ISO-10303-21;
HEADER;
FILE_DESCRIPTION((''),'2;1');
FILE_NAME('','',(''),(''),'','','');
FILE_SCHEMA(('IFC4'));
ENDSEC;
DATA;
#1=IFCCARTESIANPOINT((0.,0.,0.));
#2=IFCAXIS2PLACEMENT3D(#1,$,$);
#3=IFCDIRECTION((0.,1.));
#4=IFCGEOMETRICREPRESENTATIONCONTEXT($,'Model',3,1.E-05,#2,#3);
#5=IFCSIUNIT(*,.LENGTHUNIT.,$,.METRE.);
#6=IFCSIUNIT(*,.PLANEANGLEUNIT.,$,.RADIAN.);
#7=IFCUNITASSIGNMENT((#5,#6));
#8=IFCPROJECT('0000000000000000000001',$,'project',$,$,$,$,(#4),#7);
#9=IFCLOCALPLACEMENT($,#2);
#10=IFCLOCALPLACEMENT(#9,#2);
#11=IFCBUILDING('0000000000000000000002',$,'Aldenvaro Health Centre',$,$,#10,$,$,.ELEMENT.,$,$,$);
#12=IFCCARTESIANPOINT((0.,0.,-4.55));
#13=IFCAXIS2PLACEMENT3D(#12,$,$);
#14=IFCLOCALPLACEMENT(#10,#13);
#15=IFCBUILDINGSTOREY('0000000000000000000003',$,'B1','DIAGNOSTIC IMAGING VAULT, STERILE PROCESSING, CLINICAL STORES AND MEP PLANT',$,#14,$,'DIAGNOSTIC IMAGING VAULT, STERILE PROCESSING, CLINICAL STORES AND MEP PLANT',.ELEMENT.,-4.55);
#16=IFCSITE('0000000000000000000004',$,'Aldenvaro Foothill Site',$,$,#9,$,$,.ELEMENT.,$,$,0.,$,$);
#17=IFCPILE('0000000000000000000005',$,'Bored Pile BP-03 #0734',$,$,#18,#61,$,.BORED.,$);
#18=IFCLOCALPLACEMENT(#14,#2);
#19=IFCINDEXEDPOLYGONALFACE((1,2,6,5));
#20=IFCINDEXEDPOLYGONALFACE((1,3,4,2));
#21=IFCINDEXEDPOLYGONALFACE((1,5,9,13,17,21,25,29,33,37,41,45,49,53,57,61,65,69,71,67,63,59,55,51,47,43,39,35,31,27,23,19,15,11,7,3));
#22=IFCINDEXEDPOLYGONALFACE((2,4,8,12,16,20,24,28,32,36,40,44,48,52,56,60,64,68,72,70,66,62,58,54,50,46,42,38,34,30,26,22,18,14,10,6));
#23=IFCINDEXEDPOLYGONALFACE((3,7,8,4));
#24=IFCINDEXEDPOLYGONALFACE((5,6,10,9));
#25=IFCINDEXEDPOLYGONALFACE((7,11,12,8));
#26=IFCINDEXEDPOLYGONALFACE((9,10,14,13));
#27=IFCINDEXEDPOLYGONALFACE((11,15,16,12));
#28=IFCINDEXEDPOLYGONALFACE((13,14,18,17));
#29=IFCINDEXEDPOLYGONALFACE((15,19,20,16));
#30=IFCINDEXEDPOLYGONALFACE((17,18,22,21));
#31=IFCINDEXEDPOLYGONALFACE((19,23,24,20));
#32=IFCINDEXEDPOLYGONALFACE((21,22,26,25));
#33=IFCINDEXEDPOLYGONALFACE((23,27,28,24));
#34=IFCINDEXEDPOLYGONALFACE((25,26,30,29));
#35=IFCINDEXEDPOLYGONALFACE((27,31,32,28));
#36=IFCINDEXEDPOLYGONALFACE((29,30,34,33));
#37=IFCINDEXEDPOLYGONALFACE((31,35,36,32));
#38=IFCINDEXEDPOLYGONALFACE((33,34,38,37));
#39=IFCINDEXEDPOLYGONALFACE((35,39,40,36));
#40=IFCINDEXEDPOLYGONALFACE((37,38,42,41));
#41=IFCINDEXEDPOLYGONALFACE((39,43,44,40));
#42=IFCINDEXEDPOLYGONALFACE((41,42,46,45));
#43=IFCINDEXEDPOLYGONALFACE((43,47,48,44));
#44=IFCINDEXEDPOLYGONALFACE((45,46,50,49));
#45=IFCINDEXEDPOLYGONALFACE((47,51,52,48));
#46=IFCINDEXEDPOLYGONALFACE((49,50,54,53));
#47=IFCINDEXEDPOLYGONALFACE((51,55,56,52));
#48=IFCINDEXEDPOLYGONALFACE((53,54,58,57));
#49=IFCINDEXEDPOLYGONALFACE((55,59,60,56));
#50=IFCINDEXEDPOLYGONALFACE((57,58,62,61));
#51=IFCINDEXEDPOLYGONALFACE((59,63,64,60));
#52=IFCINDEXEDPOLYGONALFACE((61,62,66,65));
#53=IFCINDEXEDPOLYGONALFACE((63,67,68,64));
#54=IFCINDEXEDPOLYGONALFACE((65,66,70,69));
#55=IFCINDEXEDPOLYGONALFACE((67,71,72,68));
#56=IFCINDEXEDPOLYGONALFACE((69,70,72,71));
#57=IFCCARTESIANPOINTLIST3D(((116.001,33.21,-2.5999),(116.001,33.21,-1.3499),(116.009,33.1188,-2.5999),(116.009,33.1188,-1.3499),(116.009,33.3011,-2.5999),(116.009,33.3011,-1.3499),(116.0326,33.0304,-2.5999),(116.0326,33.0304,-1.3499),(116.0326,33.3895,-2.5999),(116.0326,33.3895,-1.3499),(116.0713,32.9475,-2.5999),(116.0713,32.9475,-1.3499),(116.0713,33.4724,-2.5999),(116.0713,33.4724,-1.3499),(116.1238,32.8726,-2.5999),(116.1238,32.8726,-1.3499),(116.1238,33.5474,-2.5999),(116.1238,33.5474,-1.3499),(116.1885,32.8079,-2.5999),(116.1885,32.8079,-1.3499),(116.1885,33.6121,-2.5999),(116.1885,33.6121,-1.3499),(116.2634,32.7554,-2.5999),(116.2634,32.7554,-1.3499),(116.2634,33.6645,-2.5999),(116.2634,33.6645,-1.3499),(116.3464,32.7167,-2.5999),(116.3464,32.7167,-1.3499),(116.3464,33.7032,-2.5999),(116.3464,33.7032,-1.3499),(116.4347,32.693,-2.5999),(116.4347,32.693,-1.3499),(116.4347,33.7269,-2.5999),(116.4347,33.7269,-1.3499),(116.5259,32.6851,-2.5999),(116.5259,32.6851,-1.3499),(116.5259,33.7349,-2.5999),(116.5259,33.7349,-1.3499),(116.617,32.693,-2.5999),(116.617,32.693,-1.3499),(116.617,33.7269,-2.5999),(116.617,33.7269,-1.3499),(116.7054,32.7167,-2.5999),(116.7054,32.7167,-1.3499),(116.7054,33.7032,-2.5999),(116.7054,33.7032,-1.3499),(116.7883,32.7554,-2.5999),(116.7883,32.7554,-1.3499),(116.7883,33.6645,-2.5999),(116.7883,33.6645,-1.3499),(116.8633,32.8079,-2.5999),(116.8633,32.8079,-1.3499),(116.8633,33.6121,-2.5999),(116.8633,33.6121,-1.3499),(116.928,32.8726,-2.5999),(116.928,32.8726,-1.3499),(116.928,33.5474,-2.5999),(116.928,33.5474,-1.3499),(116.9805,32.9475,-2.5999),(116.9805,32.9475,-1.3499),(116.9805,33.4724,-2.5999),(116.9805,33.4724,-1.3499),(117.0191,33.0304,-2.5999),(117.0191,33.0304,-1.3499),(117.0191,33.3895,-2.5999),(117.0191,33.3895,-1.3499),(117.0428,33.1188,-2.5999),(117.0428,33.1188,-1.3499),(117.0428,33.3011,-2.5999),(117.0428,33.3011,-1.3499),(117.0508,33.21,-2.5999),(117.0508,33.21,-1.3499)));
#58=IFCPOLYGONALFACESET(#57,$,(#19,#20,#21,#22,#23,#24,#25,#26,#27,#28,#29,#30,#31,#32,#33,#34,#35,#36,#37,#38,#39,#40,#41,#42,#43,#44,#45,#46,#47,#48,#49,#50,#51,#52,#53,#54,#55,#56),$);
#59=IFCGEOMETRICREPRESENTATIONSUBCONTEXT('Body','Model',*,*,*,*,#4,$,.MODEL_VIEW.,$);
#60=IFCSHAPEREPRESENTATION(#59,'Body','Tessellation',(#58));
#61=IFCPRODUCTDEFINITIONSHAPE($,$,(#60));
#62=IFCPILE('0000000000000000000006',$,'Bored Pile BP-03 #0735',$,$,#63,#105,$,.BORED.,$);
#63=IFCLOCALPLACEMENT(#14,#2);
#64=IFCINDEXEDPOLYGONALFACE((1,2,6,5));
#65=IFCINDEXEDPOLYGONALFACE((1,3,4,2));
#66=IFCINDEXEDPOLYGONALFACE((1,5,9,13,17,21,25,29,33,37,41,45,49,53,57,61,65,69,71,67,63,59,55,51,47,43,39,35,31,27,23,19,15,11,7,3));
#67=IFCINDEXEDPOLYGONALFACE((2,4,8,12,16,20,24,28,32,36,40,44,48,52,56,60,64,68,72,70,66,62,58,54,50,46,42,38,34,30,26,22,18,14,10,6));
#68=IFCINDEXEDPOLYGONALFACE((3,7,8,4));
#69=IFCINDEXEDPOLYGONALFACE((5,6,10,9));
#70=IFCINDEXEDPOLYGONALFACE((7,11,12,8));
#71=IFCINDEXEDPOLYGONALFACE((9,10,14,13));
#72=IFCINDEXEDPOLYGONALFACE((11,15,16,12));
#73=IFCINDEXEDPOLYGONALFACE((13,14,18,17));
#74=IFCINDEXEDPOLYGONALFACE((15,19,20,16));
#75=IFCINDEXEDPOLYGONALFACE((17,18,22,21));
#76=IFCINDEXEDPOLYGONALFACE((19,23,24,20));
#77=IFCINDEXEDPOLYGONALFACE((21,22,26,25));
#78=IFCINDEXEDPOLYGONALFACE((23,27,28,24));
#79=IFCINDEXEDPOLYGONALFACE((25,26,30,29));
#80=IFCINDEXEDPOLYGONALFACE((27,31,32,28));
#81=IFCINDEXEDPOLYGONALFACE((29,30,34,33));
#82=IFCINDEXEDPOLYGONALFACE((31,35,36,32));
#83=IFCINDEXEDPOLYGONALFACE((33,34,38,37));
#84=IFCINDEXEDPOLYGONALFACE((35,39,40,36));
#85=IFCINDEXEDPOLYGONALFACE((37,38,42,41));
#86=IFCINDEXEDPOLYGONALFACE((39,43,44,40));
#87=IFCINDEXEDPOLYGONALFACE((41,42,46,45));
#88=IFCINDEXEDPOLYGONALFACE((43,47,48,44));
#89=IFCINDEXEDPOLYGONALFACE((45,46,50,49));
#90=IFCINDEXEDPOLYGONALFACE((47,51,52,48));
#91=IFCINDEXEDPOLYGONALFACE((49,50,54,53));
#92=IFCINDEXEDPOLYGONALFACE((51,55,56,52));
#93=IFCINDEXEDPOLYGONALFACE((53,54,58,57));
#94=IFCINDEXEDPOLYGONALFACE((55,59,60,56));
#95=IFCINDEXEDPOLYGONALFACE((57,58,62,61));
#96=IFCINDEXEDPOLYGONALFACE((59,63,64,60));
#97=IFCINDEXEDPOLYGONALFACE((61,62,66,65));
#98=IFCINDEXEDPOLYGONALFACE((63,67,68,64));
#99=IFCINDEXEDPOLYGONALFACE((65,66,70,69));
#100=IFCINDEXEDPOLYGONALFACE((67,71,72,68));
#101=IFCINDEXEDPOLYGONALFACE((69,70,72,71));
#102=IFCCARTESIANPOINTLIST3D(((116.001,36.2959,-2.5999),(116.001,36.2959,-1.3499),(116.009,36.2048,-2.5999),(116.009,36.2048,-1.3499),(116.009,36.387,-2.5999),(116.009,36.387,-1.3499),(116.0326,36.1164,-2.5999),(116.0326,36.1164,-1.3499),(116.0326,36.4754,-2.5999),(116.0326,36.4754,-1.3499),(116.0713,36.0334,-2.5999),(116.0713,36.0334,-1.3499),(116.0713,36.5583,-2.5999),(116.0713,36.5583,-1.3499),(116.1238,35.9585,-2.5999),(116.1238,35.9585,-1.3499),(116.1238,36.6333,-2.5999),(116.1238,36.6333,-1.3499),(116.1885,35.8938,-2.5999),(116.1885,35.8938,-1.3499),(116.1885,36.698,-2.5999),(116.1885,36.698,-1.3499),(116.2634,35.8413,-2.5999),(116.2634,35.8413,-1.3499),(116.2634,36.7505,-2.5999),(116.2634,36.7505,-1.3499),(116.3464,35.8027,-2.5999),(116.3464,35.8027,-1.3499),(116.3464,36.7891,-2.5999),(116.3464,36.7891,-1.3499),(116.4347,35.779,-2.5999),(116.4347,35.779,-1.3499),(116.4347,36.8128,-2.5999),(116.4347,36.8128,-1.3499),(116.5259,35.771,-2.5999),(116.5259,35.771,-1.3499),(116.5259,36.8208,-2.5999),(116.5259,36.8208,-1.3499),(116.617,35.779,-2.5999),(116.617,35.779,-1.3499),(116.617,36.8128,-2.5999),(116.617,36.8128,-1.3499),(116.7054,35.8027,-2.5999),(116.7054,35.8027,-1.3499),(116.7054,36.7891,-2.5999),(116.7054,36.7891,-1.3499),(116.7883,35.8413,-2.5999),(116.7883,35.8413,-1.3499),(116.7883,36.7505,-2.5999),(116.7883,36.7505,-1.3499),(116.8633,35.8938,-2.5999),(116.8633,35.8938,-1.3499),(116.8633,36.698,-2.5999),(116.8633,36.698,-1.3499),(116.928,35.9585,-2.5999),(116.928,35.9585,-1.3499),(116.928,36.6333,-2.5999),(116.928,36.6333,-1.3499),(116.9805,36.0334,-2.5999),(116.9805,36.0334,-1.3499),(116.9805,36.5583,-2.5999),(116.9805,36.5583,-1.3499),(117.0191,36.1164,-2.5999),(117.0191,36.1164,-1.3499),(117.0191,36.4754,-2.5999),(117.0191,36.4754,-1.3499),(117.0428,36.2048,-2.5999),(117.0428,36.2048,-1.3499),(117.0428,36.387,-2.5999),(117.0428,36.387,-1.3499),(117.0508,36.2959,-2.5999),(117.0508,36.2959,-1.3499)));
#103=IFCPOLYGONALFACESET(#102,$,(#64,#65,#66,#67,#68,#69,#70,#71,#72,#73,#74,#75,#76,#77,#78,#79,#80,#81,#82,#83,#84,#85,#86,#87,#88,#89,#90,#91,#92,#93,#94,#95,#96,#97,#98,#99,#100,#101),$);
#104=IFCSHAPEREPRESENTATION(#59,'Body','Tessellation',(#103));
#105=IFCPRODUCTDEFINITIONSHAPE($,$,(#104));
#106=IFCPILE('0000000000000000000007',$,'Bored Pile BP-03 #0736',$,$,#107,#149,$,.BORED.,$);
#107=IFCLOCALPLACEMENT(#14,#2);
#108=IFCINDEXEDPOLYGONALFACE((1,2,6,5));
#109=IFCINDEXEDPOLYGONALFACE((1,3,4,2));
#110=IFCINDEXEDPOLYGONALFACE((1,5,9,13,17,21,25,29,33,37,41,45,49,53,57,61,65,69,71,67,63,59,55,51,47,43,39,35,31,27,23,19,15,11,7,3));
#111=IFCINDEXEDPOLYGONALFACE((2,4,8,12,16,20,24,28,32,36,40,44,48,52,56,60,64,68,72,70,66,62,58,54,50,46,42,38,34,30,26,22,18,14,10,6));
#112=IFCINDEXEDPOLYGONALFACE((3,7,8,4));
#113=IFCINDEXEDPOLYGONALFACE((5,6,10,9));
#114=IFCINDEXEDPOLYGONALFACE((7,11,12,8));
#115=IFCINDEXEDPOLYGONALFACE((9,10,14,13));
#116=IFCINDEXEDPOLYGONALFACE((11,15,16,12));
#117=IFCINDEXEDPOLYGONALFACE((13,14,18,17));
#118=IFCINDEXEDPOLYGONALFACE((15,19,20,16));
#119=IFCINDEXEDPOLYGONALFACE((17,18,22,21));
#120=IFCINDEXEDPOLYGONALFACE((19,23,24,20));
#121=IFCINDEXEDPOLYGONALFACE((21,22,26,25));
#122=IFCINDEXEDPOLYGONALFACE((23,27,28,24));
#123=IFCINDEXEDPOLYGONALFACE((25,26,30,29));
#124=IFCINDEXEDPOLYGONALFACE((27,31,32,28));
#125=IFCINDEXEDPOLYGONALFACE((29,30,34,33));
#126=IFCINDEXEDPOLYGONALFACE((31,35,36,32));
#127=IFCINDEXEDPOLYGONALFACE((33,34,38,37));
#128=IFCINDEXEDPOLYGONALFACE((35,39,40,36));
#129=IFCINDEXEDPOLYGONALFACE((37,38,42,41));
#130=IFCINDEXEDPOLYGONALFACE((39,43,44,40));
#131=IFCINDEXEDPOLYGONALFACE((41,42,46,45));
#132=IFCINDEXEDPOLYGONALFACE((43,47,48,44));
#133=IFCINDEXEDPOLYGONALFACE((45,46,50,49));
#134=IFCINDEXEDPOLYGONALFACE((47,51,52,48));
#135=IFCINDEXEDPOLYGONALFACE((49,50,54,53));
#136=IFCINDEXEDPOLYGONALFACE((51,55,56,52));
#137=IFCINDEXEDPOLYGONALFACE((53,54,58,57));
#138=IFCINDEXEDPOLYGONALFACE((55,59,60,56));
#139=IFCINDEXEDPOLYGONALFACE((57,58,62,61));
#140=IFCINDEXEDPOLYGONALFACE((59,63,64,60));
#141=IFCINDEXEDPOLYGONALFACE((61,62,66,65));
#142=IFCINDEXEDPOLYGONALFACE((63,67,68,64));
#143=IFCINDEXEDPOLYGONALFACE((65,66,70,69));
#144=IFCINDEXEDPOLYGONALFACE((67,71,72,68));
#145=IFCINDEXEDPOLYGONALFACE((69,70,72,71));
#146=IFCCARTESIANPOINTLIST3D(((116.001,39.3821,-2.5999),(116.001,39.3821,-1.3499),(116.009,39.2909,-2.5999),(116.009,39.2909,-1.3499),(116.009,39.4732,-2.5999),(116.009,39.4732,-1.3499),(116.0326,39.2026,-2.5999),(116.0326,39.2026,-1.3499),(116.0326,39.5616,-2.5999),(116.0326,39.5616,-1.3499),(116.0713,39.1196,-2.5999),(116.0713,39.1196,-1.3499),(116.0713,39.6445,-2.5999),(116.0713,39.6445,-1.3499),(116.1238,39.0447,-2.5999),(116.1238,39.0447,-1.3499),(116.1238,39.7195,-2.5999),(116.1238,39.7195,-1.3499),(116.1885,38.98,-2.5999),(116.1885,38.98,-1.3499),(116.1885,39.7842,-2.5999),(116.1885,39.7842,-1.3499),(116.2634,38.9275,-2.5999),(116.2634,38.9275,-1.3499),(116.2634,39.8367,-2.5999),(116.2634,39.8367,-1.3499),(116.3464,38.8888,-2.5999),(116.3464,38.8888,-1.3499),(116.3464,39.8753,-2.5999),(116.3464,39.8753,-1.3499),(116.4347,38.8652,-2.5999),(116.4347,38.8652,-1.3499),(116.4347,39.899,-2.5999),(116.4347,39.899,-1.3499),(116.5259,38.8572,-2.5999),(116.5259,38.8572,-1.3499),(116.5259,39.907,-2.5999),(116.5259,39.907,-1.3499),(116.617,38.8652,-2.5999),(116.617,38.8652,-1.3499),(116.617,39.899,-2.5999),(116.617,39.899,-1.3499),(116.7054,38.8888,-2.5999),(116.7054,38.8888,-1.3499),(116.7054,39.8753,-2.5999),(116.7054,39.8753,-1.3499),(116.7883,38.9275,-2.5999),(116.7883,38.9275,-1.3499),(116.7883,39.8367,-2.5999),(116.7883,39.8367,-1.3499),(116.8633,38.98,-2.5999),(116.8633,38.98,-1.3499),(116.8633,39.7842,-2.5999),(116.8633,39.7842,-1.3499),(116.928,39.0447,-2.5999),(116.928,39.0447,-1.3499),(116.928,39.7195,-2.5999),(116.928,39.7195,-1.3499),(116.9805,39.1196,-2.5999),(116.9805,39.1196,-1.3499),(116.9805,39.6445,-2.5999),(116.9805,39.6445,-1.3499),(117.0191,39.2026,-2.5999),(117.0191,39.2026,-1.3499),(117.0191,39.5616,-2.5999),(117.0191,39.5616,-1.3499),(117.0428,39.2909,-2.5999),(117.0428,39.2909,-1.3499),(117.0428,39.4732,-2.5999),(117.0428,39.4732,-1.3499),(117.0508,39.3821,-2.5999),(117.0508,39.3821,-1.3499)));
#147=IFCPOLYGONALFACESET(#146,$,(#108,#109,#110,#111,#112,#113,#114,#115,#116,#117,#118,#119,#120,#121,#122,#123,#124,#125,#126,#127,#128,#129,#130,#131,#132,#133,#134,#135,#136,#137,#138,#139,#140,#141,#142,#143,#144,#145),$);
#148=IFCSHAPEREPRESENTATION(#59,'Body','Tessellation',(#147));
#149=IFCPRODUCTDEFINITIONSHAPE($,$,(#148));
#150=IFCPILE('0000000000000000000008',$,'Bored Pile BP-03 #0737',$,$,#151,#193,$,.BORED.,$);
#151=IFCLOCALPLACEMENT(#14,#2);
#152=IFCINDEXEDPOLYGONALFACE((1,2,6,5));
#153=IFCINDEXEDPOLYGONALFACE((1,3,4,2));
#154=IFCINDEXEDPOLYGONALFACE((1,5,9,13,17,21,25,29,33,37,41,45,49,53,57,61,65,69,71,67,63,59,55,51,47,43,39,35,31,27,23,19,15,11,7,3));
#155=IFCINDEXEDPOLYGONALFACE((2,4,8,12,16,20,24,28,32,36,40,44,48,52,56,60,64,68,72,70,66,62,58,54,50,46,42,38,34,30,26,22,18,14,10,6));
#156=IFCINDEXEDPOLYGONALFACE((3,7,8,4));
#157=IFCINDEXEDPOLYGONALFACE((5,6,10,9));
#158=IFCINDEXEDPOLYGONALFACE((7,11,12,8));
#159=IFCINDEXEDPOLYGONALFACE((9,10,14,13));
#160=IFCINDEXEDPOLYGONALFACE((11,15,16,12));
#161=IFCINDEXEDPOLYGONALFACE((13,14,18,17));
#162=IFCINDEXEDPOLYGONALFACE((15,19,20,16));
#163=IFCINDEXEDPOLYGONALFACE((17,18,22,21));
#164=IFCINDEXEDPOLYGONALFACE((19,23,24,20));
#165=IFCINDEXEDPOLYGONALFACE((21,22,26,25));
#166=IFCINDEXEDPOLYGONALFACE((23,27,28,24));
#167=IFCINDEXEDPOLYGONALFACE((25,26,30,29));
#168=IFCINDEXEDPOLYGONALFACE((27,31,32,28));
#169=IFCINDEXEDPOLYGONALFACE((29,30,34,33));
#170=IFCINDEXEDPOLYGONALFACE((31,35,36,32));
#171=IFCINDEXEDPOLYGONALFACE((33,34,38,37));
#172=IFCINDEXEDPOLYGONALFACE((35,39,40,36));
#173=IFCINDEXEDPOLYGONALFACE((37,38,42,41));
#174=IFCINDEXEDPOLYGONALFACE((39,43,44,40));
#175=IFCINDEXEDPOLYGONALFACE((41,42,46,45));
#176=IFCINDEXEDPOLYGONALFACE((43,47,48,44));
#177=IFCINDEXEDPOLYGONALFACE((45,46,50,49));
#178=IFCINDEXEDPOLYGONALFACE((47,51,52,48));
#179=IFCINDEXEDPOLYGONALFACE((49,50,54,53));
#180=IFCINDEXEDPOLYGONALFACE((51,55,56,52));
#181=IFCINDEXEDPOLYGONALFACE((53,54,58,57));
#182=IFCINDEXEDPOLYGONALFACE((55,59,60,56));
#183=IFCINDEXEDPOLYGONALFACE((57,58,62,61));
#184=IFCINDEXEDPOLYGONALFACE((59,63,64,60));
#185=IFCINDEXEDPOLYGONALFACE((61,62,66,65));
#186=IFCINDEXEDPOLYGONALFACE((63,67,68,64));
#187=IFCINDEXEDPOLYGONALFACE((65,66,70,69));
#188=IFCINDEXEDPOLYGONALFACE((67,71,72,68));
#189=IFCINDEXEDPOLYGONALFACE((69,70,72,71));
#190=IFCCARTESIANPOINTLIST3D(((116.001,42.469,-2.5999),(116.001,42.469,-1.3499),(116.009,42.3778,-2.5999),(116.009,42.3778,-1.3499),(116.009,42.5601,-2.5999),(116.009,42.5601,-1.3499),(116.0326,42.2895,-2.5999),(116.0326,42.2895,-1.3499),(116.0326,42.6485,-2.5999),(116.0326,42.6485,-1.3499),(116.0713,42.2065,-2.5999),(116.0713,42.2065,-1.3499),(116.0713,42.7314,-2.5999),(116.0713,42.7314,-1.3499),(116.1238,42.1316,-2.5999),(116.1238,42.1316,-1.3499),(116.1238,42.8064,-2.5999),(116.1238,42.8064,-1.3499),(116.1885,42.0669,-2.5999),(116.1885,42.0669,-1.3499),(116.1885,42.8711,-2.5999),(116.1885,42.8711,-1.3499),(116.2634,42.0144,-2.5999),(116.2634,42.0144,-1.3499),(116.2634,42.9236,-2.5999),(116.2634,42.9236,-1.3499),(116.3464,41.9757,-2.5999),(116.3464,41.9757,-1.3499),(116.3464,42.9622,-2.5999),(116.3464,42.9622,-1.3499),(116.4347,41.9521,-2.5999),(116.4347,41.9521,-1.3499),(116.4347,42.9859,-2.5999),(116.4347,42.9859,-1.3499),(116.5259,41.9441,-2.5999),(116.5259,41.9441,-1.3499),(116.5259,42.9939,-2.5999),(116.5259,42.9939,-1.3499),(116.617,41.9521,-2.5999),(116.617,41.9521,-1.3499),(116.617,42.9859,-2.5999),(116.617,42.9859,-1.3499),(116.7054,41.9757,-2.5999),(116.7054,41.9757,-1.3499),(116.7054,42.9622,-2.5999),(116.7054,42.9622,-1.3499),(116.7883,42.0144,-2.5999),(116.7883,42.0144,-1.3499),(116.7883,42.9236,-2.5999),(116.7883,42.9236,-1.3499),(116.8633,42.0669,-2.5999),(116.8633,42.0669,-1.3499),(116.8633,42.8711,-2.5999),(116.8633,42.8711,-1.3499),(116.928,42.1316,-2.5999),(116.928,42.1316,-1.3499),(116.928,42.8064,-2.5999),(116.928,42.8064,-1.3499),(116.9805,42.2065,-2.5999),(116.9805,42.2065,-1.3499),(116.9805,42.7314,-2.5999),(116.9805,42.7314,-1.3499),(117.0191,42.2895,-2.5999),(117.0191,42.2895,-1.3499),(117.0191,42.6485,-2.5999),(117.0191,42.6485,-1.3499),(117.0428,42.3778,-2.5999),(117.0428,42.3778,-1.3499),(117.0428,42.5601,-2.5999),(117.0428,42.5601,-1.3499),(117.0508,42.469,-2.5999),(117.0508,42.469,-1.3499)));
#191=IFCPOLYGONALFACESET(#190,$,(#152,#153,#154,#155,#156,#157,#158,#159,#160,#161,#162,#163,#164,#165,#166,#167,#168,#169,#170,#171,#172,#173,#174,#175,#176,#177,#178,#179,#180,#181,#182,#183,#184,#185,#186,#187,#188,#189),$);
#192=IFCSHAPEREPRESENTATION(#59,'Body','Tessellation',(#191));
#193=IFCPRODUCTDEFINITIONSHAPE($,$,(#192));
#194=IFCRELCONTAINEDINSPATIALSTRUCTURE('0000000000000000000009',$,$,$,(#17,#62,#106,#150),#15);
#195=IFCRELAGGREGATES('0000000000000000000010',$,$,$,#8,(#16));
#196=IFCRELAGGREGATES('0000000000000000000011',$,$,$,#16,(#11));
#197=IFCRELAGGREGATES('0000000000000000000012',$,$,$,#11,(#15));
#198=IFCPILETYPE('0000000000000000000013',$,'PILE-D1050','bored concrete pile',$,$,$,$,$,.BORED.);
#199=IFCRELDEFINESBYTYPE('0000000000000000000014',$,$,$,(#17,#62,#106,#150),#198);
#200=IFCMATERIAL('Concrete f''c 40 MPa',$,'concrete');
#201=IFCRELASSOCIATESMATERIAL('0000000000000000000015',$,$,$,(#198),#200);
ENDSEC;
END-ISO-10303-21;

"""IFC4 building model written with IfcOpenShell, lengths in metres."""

from ifc_helpers import new_model, si_unit, direction, frame, origin, origin_2d, place, context, subcontext, project, spatial, circle, extrude, material, material_profile, profile_set, type_object, element, save


model = new_model("IFC4")

# Units and contexts
model_context = context("Model", 3, precision=1e-05, world=origin(), true_north=direction((0.0, 1.0)))
body_context = subcontext(model_context, "Body", "Model", "MODEL_VIEW")
ifc_project = project(units=[si_unit("LENGTHUNIT", "METRE"), si_unit("PLANEANGLEUNIT", "RADIAN")], contexts=[model_context])

# Site, building, storey
site_placement = place(None, origin())
site = spatial("IfcSite", under=ifc_project, at=site_placement, Name="Aldenvaro Foothill Site", CompositionType="ELEMENT", RefElevation=0.0)
building_placement = place(site_placement, origin())
building = spatial("IfcBuilding", under=site, at=building_placement, Name="Aldenvaro Health Centre", CompositionType="ELEMENT")
storey_placement = place(building_placement, frame((0.0, 0.0, -4.55)))
storey = spatial("IfcBuildingStorey", under=building, at=storey_placement, Name="B1", Description="DIAGNOSTIC IMAGING VAULT, STERILE PROCESSING, CLINICAL STORES AND MEP PLANT", LongName="DIAGNOSTIC IMAGING VAULT, STERILE PROCESSING, CLINICAL STORES AND MEP PLANT", CompositionType="ELEMENT", Elevation=-4.55)

# Piles
ifc_material = material(Name="Concrete f'c 40 MPa", Category="concrete")
ifc_material_profile = material_profile(ifc_material, circle(Radius=0.5249, at=origin_2d()), Name="PILE D1050", Category="concrete")
ifc_profile_set = profile_set([ifc_material_profile], Name="Concrete f'c 40 MPa")
pile_type = type_object("IfcPileType", Name="PILE-D1050", Description="bored concrete pile", PredefinedType="BORED", material=ifc_profile_set)
for number, where, z_axis, x_axis, name in (
    (1, (116.5259, 33.21, -1.3499), (0.0, 0.0, -1.0), (1.0, 0.0, 0.0), "Bored Pile BP-03 #0734"),
    (2, (116.5259, 36.2959, -1.3499), (0.0, 0.0, -1.0), (1.0, 0.0, 0.0), "Bored Pile BP-03 #0735"),
    (3, (116.5259, 39.3821, -1.3499), (0.0, 0.0, -1.0), (1.0, 0.0, 0.0), "Bored Pile BP-03 #0736"),
    (4, (116.5259, 42.469, -1.3499), (0.0, 0.0, -1.0), (1.0, 0.0, 0.0), "Bored Pile BP-03 #0737"),
):
    element("IfcPile", number, at=place(storey_placement, frame(where, z_axis=z_axis, x_axis=x_axis)), inside=storey, type_object=pile_type, Name=name, PredefinedType="BORED", context=body_context, shape_type="SweptSolid", body=[
        extrude(circle(Radius=0.5249, at=origin_2d()), origin(), (0.0, 0.0, 1.0), 1.25),
    ])

save(model, "model.ifc")
